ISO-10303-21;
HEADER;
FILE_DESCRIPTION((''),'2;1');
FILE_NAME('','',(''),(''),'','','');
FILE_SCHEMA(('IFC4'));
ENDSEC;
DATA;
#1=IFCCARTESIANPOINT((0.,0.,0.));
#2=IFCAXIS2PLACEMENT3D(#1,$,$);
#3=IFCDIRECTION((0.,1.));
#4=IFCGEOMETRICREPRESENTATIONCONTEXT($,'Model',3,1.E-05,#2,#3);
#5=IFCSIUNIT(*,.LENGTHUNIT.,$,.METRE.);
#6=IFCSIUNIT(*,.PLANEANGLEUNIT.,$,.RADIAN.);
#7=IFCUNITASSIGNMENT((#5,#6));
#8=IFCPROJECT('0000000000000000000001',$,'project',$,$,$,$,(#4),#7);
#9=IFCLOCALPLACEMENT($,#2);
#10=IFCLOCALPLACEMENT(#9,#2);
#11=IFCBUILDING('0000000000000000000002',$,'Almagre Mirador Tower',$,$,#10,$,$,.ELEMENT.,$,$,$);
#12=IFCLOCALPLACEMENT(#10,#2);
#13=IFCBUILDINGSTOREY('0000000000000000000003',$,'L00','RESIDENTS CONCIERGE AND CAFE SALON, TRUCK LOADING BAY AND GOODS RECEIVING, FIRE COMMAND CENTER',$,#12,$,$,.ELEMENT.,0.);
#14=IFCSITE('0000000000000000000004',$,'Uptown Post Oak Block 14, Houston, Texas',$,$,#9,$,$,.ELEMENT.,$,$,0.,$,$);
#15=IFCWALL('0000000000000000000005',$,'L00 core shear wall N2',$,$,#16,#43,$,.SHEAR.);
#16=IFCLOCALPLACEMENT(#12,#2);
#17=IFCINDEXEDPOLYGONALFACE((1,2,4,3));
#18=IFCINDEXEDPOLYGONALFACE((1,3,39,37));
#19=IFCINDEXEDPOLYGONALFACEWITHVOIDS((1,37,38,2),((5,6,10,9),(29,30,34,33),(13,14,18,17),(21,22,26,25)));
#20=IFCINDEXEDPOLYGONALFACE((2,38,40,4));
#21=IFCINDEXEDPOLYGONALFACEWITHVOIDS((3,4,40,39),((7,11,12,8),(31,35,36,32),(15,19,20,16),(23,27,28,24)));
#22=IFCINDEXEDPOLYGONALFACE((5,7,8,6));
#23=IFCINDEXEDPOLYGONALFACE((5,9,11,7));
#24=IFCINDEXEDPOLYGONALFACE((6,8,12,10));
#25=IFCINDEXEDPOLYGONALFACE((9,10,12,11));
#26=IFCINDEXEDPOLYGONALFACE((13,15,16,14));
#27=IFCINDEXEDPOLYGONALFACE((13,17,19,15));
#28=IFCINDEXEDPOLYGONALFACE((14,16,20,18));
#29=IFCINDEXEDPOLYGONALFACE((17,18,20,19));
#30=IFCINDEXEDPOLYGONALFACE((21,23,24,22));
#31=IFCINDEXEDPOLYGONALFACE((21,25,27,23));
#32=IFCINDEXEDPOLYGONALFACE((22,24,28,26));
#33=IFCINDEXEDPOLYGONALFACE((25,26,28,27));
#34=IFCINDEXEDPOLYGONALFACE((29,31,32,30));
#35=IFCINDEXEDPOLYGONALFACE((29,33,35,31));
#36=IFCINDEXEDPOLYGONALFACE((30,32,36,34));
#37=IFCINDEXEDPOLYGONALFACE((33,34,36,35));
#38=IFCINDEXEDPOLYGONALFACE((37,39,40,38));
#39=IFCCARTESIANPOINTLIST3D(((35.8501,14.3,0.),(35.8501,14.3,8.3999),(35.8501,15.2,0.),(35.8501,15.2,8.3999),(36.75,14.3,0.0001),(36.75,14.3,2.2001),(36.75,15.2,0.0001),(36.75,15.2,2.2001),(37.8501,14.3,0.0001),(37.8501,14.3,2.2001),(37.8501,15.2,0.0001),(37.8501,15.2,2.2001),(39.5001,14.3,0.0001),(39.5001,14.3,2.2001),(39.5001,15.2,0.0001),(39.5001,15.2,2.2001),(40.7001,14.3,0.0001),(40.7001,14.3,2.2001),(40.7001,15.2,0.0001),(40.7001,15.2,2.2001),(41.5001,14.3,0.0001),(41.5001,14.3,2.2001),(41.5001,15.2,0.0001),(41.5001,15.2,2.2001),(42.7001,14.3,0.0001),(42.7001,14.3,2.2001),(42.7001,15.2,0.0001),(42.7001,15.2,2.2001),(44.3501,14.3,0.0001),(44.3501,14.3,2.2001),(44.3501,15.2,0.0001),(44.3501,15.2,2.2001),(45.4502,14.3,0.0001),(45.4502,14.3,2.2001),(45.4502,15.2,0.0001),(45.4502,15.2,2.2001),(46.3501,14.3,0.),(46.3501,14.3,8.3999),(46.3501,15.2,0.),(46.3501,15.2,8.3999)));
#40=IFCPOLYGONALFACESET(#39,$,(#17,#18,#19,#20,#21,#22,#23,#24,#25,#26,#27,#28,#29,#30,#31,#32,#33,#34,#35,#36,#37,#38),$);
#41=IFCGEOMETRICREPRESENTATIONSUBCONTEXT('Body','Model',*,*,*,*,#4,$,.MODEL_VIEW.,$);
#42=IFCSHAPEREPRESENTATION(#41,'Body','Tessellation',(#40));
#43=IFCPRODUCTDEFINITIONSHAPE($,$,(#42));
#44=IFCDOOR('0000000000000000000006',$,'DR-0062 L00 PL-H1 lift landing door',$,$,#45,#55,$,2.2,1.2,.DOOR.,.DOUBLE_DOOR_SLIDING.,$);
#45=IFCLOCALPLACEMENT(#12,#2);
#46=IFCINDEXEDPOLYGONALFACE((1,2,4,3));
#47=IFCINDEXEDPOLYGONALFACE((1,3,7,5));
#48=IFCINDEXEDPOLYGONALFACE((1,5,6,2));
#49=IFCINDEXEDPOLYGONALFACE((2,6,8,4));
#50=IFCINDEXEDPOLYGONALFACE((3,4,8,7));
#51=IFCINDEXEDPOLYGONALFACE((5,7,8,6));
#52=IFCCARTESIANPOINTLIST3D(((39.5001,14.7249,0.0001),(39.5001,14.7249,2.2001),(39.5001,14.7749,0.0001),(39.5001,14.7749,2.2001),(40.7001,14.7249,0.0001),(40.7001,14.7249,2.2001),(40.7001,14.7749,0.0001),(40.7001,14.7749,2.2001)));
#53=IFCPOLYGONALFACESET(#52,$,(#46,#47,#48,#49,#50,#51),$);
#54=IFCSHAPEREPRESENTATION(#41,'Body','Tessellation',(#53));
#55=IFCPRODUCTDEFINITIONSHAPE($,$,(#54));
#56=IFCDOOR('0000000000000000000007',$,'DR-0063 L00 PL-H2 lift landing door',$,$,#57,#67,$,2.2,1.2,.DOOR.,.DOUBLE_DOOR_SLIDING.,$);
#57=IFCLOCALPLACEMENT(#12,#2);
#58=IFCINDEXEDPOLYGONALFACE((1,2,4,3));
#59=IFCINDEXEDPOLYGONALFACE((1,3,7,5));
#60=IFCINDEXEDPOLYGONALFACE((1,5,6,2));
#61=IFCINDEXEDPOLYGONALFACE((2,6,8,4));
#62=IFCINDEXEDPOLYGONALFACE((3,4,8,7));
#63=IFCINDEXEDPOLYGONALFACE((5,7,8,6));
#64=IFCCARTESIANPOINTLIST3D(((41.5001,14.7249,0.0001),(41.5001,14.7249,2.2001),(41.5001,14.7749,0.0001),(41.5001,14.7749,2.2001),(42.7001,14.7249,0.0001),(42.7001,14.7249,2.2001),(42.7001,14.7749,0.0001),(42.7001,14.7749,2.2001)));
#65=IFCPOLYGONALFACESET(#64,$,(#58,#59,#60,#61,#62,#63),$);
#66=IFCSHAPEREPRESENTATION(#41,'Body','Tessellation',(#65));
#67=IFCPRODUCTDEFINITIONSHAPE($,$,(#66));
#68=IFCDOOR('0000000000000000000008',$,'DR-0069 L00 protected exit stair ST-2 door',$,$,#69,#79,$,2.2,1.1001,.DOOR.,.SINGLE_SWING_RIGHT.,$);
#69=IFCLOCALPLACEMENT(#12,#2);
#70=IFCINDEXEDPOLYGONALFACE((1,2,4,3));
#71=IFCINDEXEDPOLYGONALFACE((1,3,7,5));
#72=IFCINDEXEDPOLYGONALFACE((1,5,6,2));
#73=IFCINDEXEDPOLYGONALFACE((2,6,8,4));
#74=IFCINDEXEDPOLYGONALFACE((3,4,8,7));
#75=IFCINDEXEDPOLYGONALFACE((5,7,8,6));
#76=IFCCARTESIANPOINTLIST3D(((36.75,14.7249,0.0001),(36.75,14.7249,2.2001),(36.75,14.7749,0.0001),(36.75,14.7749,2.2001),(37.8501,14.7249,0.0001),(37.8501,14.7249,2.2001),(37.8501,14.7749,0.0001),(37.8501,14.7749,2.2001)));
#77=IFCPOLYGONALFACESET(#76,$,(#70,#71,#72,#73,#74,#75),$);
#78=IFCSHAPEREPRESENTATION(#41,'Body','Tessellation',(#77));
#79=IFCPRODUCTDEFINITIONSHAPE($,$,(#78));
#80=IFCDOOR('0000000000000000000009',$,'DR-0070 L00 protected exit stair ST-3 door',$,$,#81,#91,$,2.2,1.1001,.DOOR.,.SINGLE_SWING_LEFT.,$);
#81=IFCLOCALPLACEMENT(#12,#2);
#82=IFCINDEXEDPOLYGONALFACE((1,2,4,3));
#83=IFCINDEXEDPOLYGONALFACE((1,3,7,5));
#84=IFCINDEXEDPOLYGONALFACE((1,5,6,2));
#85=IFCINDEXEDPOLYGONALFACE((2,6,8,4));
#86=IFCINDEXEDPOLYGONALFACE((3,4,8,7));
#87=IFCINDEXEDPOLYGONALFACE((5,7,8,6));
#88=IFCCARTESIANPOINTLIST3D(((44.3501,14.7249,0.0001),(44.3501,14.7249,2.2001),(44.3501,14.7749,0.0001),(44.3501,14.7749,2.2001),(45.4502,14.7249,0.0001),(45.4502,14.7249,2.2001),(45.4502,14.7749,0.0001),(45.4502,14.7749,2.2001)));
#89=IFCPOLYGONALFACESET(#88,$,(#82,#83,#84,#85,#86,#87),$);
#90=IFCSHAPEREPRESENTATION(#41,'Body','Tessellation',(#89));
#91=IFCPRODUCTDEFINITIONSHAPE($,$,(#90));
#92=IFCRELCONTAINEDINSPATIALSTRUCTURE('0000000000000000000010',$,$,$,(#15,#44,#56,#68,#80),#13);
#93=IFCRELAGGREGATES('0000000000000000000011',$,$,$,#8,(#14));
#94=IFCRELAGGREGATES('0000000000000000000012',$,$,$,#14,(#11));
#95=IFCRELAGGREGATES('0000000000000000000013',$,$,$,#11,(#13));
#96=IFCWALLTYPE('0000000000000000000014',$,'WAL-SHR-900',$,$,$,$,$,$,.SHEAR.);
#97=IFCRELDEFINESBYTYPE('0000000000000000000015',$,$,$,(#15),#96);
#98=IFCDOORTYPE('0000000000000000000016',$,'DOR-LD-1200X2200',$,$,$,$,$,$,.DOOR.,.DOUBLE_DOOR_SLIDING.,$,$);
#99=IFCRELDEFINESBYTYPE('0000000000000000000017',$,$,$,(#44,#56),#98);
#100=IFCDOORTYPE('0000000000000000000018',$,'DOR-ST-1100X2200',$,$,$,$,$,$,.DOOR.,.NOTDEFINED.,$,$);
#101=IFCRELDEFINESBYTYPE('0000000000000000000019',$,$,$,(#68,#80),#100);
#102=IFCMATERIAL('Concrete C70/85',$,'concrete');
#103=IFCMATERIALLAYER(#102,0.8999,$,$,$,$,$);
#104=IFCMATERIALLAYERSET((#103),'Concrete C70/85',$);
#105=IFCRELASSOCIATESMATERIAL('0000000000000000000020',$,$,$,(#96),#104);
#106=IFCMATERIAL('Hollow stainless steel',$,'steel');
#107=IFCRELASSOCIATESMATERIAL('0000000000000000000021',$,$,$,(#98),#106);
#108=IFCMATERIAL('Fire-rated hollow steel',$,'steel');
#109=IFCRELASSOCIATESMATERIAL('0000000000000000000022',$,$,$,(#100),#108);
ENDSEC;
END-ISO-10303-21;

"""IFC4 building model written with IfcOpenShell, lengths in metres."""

from ifc_helpers import new_model, si_unit, direction, frame, frame_2d, origin, place, context, subcontext, project, spatial, rectangle, extrude, material, layer, layer_set, type_object, element, fill, save


model = new_model("IFC4")

# Units and contexts
model_context = context("Model", 3, precision=1e-05, world=origin(), true_north=direction((0.0, 1.0)))
body_context = subcontext(model_context, "Body", "Model", "MODEL_VIEW")
ifc_project = project(units=[si_unit("LENGTHUNIT", "METRE"), si_unit("PLANEANGLEUNIT", "RADIAN")], contexts=[model_context])

# Site, building, storey
site_placement = place(None, origin())
site = spatial("IfcSite", under=ifc_project, at=site_placement, Name="Uptown Post Oak Block 14, Houston, Texas", CompositionType="ELEMENT", RefElevation=0.0)
building_placement = place(site_placement, origin())
building = spatial("IfcBuilding", under=site, at=building_placement, Name="Almagre Mirador Tower", CompositionType="ELEMENT")
storey_placement = place(building_placement, origin())
storey = spatial("IfcBuildingStorey", under=building, at=storey_placement, Name="L00", Description="RESIDENTS CONCIERGE AND CAFE SALON, TRUCK LOADING BAY AND GOODS RECEIVING, FIRE COMMAND CENTER", CompositionType="ELEMENT", Elevation=0.0)

# Wall, openings, doors
ifc_material_1 = material(Name="Concrete C70/85", Category="concrete")
ifc_layer_1 = layer(ifc_material_1, 0.8999)
ifc_layer_set_1 = layer_set([ifc_layer_1], Name="Concrete C70/85")
wall_type_1 = type_object("IfcWallType", Name="WAL-SHR-900", PredefinedType="SHEAR", material=ifc_layer_set_1)
wall_placement = place(storey_placement, frame((35.8501, 14.75, 0.0), z_axis=(0.0, 0.0, 1.0), x_axis=(1.0, 0.0, 0.0)))
wall = element("IfcWall", 1, at=wall_placement, inside=storey, type_object=wall_type_1, Name="L00 core shear wall N2", PredefinedType="SHEAR", context=body_context, shape_type="SweptSolid", body=[
    extrude(rectangle(XDim=10.5, YDim=0.8999, at=frame_2d((5.25, 0.0))), origin(), (0.0, 0.0, 1.0), 8.3999),
])
opening_1_placement = place(wall_placement, frame((0.8999, 0.0, 0.0)))
opening_1 = element("IfcOpeningElement", 2, at=opening_1_placement, cuts=wall, PredefinedType="OPENING", context=body_context, shape_type="SweptSolid", body=[
    extrude(rectangle(XDim=1.1001, YDim=2.2, at=frame_2d((0.55, 1.1001))), frame((0.0, 0.46, 0.0), z_axis=(0.0, -1.0, 0.0), x_axis=(1.0, 0.0, 0.0)), (0.0, 0.0, 1.0), 0.9199),
])
opening_2_placement = place(wall_placement, frame((8.5, 0.0, 0.0)))
opening_2 = element("IfcOpeningElement", 3, at=opening_2_placement, cuts=wall, PredefinedType="OPENING", context=body_context, shape_type="SweptSolid", body=[
    extrude(rectangle(XDim=1.1001, YDim=2.2, at=frame_2d((0.55, 1.1001))), frame((0.0, 0.46, 0.0), z_axis=(0.0, -1.0, 0.0), x_axis=(1.0, 0.0, 0.0)), (0.0, 0.0, 1.0), 0.9199),
])
opening_3_placement = place(wall_placement, frame((3.6499, 0.0, 0.0)))
opening_3 = element("IfcOpeningElement", 4, at=opening_3_placement, cuts=wall, PredefinedType="OPENING", context=body_context, shape_type="SweptSolid", body=[
    extrude(rectangle(XDim=1.2, YDim=2.2, at=frame_2d((0.6001, 1.1001))), frame((0.0, 0.46, 0.0), z_axis=(0.0, -1.0, 0.0), x_axis=(1.0, 0.0, 0.0)), (0.0, 0.0, 1.0), 0.9199),
])
opening_4_placement = place(wall_placement, frame((5.6499, 0.0, 0.0)))
opening_4 = element("IfcOpeningElement", 5, at=opening_4_placement, cuts=wall, PredefinedType="OPENING", context=body_context, shape_type="SweptSolid", body=[
    extrude(rectangle(XDim=1.2, YDim=2.2, at=frame_2d((0.6001, 1.1001))), frame((0.0, 0.46, 0.0), z_axis=(0.0, -1.0, 0.0), x_axis=(1.0, 0.0, 0.0)), (0.0, 0.0, 1.0), 0.9199),
])
ifc_material_2 = material(Name="Hollow stainless steel", Category="steel")
door_type_1 = type_object("IfcDoorType", Name="DOR-LD-1200X2200", OperationType="DOUBLE_DOOR_SLIDING", PredefinedType="DOOR", material=ifc_material_2)
door_1_placement = place(opening_3_placement, origin())
door_1 = element("IfcDoor", 6, at=door_1_placement, inside=storey, type_object=door_type_1, Name="DR-0062 L00 PL-H1 lift landing door", OperationType="DOUBLE_DOOR_SLIDING", OverallHeight=2.2, OverallWidth=1.2, PredefinedType="DOOR", context=body_context, shape_type="SweptSolid", body=[
    extrude(rectangle(XDim=1.2, YDim=2.2, at=frame_2d((0.6001, 1.1001))), frame((0.0, 0.0249, 0.0), z_axis=(0.0, -1.0, 0.0), x_axis=(1.0, 0.0, 0.0)), (0.0, 0.0, 1.0), 0.05),
])
fill(opening_3, door_1)
door_2_placement = place(opening_4_placement, origin())
door_2 = element("IfcDoor", 7, at=door_2_placement, inside=storey, type_object=door_type_1, Name="DR-0063 L00 PL-H2 lift landing door", OperationType="DOUBLE_DOOR_SLIDING", OverallHeight=2.2, OverallWidth=1.2, PredefinedType="DOOR", context=body_context, shape_type="SweptSolid", body=[
    extrude(rectangle(XDim=1.2, YDim=2.2, at=frame_2d((0.6001, 1.1001))), frame((0.0, 0.0249, 0.0), z_axis=(0.0, -1.0, 0.0), x_axis=(1.0, 0.0, 0.0)), (0.0, 0.0, 1.0), 0.05),
])
fill(opening_4, door_2)
ifc_material_3 = material(Name="Fire-rated hollow steel", Category="steel")
door_type_2 = type_object("IfcDoorType", Name="DOR-ST-1100X2200", OperationType="NOTDEFINED", PredefinedType="DOOR", material=ifc_material_3)
door_3_placement = place(opening_1_placement, origin())
door_3 = element("IfcDoor", 8, at=door_3_placement, inside=storey, type_object=door_type_2, Name="DR-0069 L00 protected exit stair ST-2 door", OperationType="SINGLE_SWING_RIGHT", OverallHeight=2.2, OverallWidth=1.1001, PredefinedType="DOOR", context=body_context, shape_type="SweptSolid", body=[
    extrude(rectangle(XDim=1.1001, YDim=2.2, at=frame_2d((0.55, 1.1001))), frame((0.0, 0.0249, 0.0), z_axis=(0.0, -1.0, 0.0), x_axis=(1.0, 0.0, 0.0)), (0.0, 0.0, 1.0), 0.05),
])
fill(opening_1, door_3)
door_4_placement = place(opening_2_placement, origin())
door_4 = element("IfcDoor", 9, at=door_4_placement, inside=storey, type_object=door_type_2, Name="DR-0070 L00 protected exit stair ST-3 door", OperationType="SINGLE_SWING_LEFT", OverallHeight=2.2, OverallWidth=1.1001, PredefinedType="DOOR", context=body_context, shape_type="SweptSolid", body=[
    extrude(rectangle(XDim=1.1001, YDim=2.2, at=frame_2d((0.55, 1.1001))), frame((0.0, 0.0249, 0.0), z_axis=(0.0, -1.0, 0.0), x_axis=(1.0, 0.0, 0.0)), (0.0, 0.0, 1.0), 0.05),
])
fill(opening_2, door_4)

save(model, "model.ifc")
